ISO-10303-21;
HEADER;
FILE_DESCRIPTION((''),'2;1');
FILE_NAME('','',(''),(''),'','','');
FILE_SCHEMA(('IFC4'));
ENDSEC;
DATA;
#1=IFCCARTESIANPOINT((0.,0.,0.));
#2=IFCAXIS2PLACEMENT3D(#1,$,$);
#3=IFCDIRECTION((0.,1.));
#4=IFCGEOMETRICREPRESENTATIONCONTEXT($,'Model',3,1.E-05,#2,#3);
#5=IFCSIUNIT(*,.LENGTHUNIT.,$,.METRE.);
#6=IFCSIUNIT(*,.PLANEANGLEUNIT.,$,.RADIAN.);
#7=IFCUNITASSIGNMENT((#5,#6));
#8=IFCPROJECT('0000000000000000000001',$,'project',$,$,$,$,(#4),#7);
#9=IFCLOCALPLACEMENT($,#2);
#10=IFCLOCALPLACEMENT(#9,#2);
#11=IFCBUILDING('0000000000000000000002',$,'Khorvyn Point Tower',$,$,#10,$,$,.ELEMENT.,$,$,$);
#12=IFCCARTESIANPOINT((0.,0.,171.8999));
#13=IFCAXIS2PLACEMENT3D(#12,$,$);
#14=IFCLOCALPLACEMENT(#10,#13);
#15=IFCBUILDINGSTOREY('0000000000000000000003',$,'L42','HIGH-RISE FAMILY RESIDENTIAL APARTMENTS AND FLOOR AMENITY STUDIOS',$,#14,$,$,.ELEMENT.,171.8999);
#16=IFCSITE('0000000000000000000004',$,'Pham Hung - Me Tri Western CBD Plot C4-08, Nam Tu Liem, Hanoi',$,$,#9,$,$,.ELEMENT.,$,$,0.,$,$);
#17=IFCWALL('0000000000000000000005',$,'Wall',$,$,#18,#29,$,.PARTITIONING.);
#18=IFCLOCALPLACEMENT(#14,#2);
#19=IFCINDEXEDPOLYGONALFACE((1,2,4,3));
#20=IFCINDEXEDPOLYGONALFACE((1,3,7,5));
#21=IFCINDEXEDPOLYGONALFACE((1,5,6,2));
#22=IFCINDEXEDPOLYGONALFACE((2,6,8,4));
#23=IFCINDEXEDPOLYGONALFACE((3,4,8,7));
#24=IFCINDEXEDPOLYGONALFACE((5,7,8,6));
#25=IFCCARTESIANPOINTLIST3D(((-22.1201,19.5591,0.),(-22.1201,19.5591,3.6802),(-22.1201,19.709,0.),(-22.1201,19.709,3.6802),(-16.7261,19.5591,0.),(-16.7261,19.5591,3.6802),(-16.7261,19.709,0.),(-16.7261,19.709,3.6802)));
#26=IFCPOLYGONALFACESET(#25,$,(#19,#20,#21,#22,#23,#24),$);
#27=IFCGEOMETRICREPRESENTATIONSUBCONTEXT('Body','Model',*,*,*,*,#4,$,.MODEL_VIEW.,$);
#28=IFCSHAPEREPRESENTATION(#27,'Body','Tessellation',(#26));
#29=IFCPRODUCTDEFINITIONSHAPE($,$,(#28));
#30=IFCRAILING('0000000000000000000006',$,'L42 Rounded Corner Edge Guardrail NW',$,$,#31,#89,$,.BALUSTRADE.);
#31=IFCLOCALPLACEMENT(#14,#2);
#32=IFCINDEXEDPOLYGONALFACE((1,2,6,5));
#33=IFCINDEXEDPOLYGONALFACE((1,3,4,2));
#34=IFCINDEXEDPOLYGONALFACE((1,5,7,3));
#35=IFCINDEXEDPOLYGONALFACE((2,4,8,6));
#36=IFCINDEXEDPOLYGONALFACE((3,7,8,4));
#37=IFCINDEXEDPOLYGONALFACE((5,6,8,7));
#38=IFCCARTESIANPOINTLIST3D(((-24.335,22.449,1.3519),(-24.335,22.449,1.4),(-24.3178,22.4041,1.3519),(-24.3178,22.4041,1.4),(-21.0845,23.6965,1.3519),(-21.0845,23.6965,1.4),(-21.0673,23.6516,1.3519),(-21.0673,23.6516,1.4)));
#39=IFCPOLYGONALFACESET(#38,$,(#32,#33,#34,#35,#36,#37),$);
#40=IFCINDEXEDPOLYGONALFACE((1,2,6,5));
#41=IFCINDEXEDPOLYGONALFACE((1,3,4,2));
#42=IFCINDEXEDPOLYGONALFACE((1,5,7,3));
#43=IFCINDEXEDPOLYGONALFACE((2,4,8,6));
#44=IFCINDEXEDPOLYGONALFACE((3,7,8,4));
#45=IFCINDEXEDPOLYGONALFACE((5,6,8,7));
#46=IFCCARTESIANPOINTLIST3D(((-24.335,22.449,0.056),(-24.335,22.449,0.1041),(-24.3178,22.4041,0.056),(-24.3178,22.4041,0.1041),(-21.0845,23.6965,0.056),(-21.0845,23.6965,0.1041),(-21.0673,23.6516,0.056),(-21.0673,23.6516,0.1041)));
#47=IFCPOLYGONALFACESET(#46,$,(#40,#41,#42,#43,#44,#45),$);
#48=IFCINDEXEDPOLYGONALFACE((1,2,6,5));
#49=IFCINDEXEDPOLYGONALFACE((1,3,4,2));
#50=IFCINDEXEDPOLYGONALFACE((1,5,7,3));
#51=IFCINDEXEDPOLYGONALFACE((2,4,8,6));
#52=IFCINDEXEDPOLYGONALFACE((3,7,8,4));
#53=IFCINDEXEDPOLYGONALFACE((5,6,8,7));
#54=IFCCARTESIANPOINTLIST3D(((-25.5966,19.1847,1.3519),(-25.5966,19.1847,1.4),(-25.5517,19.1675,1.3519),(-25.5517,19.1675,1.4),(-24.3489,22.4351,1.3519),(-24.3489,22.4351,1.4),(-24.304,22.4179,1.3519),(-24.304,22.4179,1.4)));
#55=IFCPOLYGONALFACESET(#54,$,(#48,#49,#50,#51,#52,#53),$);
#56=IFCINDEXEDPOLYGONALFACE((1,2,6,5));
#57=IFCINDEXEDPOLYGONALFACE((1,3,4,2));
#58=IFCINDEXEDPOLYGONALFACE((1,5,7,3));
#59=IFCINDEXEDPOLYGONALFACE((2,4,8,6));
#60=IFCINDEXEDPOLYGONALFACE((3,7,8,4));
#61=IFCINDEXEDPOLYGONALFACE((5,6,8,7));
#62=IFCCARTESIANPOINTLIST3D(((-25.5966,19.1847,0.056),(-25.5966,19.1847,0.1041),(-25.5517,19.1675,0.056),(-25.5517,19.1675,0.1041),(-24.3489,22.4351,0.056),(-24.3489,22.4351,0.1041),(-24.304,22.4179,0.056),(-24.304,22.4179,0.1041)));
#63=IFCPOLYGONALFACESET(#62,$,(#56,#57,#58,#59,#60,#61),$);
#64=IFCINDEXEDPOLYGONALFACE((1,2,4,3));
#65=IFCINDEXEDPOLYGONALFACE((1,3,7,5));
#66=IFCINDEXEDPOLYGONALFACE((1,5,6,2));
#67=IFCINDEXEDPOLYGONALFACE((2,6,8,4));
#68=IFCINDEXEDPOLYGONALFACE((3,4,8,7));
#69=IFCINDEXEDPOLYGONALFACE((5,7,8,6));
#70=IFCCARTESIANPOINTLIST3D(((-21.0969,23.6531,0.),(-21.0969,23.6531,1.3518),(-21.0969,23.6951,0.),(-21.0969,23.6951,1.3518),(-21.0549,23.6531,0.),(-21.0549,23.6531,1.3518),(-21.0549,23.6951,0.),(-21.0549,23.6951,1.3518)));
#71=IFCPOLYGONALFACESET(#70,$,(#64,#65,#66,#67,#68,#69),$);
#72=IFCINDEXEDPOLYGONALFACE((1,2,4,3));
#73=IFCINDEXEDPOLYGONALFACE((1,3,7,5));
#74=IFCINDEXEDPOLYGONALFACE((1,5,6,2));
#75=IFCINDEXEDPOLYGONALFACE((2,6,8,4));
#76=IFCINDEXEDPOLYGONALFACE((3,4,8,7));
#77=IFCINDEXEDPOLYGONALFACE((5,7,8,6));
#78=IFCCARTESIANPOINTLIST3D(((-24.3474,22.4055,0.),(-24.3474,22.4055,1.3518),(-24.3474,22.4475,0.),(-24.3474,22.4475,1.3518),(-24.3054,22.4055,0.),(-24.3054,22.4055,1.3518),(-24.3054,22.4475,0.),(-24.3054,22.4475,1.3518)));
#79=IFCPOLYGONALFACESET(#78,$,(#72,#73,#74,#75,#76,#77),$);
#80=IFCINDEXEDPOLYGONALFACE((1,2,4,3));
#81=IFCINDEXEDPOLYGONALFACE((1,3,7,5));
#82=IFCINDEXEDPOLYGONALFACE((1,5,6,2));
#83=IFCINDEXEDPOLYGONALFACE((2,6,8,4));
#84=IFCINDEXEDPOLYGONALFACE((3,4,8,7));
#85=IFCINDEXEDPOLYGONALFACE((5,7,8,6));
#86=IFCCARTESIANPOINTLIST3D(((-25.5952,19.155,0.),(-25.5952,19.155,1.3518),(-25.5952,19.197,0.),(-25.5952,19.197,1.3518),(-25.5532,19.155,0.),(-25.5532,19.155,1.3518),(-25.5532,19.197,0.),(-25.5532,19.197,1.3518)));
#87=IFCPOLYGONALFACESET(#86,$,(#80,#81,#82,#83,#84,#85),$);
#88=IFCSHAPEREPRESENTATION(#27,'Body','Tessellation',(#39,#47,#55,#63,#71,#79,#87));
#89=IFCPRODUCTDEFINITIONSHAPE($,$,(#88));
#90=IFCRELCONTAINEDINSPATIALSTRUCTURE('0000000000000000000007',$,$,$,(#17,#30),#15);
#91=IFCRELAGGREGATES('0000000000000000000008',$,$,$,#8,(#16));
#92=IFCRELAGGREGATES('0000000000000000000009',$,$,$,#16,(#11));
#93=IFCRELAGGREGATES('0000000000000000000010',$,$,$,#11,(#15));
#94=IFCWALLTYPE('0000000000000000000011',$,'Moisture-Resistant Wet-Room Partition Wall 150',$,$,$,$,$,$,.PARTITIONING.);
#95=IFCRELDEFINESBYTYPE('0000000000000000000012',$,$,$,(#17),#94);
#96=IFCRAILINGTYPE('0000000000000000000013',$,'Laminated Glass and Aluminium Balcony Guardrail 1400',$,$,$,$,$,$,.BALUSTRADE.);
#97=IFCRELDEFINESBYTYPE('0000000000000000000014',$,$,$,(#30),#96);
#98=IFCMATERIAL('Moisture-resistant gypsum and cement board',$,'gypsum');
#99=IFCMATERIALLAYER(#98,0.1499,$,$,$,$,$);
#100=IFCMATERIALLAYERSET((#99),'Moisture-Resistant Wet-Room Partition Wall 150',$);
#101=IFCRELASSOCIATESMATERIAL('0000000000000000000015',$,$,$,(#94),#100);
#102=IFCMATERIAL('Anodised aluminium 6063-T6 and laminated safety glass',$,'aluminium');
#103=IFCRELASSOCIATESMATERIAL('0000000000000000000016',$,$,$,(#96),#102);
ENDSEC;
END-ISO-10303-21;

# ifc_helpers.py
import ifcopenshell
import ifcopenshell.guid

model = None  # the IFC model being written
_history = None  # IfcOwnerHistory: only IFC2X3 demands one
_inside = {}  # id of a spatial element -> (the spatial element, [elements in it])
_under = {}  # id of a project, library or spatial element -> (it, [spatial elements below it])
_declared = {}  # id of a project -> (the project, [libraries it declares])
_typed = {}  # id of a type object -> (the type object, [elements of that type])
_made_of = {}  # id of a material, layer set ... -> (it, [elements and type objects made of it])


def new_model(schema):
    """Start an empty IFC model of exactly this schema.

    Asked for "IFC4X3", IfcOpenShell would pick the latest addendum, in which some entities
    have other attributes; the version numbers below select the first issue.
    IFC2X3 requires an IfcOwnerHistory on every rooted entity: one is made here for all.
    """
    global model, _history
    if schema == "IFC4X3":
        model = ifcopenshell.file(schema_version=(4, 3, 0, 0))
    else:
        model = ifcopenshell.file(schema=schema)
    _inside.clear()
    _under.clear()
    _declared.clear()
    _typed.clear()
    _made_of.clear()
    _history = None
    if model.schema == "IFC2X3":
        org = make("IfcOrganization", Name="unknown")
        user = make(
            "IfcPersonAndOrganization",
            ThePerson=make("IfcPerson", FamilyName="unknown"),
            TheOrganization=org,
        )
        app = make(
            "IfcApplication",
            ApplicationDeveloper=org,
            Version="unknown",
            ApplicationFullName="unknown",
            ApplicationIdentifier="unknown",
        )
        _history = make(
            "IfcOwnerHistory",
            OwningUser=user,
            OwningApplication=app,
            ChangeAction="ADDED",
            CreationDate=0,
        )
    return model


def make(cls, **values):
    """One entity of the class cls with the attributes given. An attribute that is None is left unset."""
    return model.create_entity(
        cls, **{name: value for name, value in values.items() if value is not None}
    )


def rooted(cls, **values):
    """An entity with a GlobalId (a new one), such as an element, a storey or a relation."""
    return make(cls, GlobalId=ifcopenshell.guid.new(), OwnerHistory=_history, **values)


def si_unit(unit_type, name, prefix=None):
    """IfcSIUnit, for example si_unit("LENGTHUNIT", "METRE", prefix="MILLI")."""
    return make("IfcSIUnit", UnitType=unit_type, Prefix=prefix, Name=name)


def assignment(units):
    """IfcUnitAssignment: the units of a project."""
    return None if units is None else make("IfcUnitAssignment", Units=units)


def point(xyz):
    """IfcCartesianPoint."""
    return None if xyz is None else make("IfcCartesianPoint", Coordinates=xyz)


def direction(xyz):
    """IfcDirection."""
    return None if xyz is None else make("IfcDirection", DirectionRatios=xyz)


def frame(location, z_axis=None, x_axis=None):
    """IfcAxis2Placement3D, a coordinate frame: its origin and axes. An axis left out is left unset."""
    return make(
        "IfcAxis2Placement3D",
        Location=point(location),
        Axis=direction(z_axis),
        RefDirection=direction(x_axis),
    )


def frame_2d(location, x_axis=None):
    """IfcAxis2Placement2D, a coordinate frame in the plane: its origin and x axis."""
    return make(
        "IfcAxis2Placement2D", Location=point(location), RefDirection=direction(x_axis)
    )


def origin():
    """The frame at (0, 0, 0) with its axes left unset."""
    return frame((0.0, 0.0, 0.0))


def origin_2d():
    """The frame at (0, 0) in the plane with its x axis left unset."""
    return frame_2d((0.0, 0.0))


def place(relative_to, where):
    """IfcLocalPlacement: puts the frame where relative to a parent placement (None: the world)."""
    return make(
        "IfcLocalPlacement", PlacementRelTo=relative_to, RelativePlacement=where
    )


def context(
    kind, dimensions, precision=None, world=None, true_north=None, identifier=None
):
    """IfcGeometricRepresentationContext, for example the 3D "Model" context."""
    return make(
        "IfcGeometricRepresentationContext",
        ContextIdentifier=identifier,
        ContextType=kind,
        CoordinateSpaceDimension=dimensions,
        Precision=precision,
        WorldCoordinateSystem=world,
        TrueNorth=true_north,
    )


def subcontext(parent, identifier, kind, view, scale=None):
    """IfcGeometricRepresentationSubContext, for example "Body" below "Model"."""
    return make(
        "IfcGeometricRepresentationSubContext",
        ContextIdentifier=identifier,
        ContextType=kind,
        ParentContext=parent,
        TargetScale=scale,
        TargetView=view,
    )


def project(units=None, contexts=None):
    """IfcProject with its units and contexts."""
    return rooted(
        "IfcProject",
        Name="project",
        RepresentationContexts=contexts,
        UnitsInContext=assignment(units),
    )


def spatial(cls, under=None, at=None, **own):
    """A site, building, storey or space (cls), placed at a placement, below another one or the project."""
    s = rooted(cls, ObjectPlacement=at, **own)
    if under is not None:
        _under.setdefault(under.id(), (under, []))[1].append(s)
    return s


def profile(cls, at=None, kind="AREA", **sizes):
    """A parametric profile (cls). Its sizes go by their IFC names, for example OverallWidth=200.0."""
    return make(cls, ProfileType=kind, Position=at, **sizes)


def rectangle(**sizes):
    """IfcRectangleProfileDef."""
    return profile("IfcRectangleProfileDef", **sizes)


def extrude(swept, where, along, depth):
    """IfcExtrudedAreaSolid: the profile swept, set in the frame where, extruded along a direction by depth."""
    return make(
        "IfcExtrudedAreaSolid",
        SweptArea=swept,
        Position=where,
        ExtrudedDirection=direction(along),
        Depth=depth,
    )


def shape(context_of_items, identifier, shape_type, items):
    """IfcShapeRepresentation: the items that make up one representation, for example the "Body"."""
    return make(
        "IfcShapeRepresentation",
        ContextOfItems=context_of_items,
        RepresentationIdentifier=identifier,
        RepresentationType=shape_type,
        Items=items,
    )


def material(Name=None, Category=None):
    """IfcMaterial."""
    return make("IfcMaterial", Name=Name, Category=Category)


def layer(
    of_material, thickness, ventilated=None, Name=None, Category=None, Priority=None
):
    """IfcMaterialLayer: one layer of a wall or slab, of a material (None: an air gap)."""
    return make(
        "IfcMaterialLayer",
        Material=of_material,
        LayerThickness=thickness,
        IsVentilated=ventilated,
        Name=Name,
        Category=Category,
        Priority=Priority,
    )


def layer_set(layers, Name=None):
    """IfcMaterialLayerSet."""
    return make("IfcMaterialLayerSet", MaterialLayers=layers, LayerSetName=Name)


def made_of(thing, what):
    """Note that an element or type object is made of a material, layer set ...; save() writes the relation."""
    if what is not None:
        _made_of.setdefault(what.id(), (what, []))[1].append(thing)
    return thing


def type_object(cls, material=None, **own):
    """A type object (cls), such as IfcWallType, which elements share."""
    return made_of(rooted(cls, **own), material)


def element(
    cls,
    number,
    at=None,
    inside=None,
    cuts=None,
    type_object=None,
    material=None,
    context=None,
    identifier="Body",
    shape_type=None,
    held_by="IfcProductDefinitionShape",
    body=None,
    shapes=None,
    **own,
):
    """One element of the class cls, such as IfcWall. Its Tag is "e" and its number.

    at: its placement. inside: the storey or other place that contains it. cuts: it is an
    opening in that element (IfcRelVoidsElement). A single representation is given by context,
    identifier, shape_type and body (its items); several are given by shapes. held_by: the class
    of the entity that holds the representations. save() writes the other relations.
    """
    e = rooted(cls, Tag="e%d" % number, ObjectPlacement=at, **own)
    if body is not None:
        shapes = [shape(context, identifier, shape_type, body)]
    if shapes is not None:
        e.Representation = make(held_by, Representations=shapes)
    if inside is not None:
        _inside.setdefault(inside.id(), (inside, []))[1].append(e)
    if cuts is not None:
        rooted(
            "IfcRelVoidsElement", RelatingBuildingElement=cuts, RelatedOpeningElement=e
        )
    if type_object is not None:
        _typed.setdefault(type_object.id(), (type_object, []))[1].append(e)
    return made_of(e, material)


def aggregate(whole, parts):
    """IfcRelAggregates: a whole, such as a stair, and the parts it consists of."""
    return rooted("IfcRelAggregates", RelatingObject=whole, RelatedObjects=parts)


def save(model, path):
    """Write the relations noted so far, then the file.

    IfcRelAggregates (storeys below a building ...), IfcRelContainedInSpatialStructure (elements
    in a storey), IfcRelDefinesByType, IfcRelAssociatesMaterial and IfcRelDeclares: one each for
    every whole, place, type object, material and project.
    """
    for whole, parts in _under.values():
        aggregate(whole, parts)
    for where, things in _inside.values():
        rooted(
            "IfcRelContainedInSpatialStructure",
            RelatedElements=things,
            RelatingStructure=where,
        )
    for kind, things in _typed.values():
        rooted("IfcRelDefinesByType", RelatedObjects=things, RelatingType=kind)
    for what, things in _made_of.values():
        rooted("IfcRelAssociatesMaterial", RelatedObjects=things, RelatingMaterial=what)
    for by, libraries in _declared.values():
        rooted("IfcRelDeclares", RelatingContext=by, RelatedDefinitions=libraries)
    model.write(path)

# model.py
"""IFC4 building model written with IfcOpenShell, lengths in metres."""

from ifc_helpers import new_model, si_unit, direction, frame, frame_2d, origin, origin_2d, place, context, subcontext, project, spatial, rectangle, extrude, material, layer, layer_set, type_object, element, save


model = new_model("IFC4")

# Units and contexts
model_context = context("Model", 3, precision=1e-05, world=origin(), true_north=direction((0.0, 1.0)))
body_context = subcontext(model_context, "Body", "Model", "MODEL_VIEW")
ifc_project = project(units=[si_unit("LENGTHUNIT", "METRE"), si_unit("PLANEANGLEUNIT", "RADIAN")], contexts=[model_context])

# Site, building, storey
site_placement = place(None, origin())
site = spatial("IfcSite", under=ifc_project, at=site_placement, Name="Pham Hung - Me Tri Western CBD Plot C4-08, Nam Tu Liem, Hanoi", CompositionType="ELEMENT", RefElevation=0.0)
building_placement = place(site_placement, origin())
building = spatial("IfcBuilding", under=site, at=building_placement, Name="Khorvyn Point Tower", CompositionType="ELEMENT")
storey_placement = place(building_placement, frame((0.0, 0.0, 171.8999)))
storey = spatial("IfcBuildingStorey", under=building, at=storey_placement, Name="L42", Description="HIGH-RISE FAMILY RESIDENTIAL APARTMENTS AND FLOOR AMENITY STUDIOS", CompositionType="ELEMENT", Elevation=171.8999)

# Shared definitions
ifc_material_1 = material(Name="Moisture-resistant gypsum and cement board", Category="gypsum")
ifc_layer_1 = layer(ifc_material_1, 0.1499)
ifc_layer_set_1 = layer_set([ifc_layer_1], Name="Moisture-Resistant Wet-Room Partition Wall 150")
wall_type_1 = type_object("IfcWallType", Name="Moisture-Resistant Wet-Room Partition Wall 150", PredefinedType="PARTITIONING", material=ifc_layer_set_1)

# Wall
wall_1_placement = place(storey_placement, frame((-22.1201, 19.634, 0.0), z_axis=(0.0, 0.0, 1.0), x_axis=(1.0, 0.0, 0.0)))
element("IfcWall", 1, at=wall_1_placement, inside=storey, type_object=wall_type_1, Name="Wall", PredefinedType="PARTITIONING", context=body_context, shape_type="SweptSolid", body=[
    extrude(rectangle(XDim=5.394, YDim=0.1499, at=frame_2d((2.697, 0.0))), origin(), (0.0, 0.0, 1.0), 3.6802),
])

# Railing
ifc_material_2 = material(Name="Anodised aluminium 6063-T6 and laminated safety glass", Category="aluminium")
railing_type = type_object("IfcRailingType", Name="Laminated Glass and Aluminium Balcony Guardrail 1400", PredefinedType="BALUSTRADE", material=ifc_material_2)
railing_placement = place(storey_placement, frame((-21.0759, 23.6741, 0.0)))
element("IfcRailing", 2, at=railing_placement, inside=storey, type_object=railing_type, Name="L42 Rounded Corner Edge Guardrail NW", PredefinedType="BALUSTRADE", context=body_context, shape_type="SweptSolid", body=[
    extrude(rectangle(XDim=0.0481, YDim=0.0481, at=origin_2d()), frame((0.0, 0.0, 1.376), z_axis=(-0.933598, -0.358321, 0.0), x_axis=(0.358321, -0.933598, 0.0)), (0.0, 0.0, 1.0), 3.4817),
    extrude(rectangle(XDim=0.0481, YDim=0.0481, at=origin_2d()), frame((0.0, 0.0, 0.0801), z_axis=(-0.933598, -0.358321, 0.0), x_axis=(0.358321, -0.933598, 0.0)), (0.0, 0.0, 1.0), 3.4817),
    extrude(rectangle(XDim=0.0481, YDim=0.0481, at=origin_2d()), frame((-3.2505, -1.2476, 1.376), z_axis=(-0.358382, -0.933575, 0.0), x_axis=(0.933575, -0.358382, 0.0)), (0.0, 0.0, 1.0), 3.4817),
    extrude(rectangle(XDim=0.0481, YDim=0.0481, at=origin_2d()), frame((-3.2505, -1.2476, 0.0801), z_axis=(-0.358382, -0.933575, 0.0), x_axis=(0.933575, -0.358382, 0.0)), (0.0, 0.0, 1.0), 3.4817),
    extrude(rectangle(XDim=0.042, YDim=0.042, at=origin_2d()), origin(), (0.0, 0.0, 1.0), 1.3518),
    extrude(rectangle(XDim=0.042, YDim=0.042, at=origin_2d()), frame((-3.2505, -1.2476, 0.0)), (0.0, 0.0, 1.0), 1.3518),
    extrude(rectangle(XDim=0.042, YDim=0.042, at=origin_2d()), frame((-4.4983, -4.498, 0.0)), (0.0, 0.0, 1.0), 1.3518),
])

save(model, "model.ifc")
